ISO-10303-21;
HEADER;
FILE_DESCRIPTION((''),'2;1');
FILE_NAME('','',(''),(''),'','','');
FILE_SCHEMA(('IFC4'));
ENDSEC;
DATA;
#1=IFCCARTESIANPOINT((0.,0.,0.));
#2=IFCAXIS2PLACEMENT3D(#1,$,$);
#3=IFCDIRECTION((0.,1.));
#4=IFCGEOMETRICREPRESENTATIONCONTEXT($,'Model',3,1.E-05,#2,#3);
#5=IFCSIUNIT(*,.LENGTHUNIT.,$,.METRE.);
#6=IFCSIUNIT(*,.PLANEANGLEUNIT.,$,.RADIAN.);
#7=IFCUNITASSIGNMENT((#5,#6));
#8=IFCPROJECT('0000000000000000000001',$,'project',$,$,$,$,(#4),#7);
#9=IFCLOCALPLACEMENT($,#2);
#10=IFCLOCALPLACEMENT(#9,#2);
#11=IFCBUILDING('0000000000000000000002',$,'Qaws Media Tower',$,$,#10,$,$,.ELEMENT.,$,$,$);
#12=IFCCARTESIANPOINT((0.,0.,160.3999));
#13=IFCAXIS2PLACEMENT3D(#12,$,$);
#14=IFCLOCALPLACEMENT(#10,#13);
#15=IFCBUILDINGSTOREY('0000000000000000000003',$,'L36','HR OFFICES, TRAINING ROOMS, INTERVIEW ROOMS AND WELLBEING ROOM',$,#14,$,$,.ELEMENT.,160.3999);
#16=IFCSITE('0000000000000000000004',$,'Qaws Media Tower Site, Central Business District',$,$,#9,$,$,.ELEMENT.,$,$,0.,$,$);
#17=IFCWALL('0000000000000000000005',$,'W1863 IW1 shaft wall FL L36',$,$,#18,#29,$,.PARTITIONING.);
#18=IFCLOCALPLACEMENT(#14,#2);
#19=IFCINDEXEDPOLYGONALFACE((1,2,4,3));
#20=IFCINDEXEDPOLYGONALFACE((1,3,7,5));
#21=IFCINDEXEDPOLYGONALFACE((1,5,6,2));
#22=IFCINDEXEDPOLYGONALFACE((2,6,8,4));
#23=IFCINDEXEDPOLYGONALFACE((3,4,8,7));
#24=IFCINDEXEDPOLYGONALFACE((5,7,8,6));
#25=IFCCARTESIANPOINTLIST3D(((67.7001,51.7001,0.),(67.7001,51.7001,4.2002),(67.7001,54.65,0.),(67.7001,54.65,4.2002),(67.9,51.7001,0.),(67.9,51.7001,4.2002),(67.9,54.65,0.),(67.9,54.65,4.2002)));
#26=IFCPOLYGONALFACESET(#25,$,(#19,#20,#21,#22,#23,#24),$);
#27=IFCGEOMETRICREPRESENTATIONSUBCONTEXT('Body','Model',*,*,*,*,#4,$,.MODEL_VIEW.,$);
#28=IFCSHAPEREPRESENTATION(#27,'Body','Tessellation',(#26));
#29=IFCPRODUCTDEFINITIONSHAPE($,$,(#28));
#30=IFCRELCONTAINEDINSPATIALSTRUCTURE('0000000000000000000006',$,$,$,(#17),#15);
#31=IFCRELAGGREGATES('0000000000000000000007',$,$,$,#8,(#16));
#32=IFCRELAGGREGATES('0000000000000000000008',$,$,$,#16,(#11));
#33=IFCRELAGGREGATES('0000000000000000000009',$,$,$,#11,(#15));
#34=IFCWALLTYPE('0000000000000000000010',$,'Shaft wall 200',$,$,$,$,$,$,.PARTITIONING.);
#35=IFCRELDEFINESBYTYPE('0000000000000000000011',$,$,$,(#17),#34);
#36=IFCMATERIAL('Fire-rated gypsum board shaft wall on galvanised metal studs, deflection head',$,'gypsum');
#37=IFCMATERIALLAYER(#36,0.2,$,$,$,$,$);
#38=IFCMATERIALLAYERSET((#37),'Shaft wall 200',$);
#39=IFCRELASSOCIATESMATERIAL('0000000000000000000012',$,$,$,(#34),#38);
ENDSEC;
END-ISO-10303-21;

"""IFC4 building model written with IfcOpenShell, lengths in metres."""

from ifc_helpers import new_model, si_unit, direction, frame, frame_2d, origin, place, context, subcontext, project, spatial, rectangle, extrude, material, layer, layer_set, type_object, element, save


model = new_model("IFC4")

# Units and contexts
model_context = context("Model", 3, precision=1e-05, world=origin(), true_north=direction((0.0, 1.0)))
body_context = subcontext(model_context, "Body", "Model", "MODEL_VIEW")
ifc_project = project(units=[si_unit("LENGTHUNIT", "METRE"), si_unit("PLANEANGLEUNIT", "RADIAN")], contexts=[model_context])

# Site, building, storey
site_placement = place(None, origin())
site = spatial("IfcSite", under=ifc_project, at=site_placement, Name="Qaws Media Tower Site, Central Business District", CompositionType="ELEMENT", RefElevation=0.0)
building_placement = place(site_placement, origin())
building = spatial("IfcBuilding", under=site, at=building_placement, Name="Qaws Media Tower", CompositionType="ELEMENT")
storey_placement = place(building_placement, frame((0.0, 0.0, 160.3999)))
storey = spatial("IfcBuildingStorey", under=building, at=storey_placement, Name="L36", Description="HR OFFICES, TRAINING ROOMS, INTERVIEW ROOMS AND WELLBEING ROOM", CompositionType="ELEMENT", Elevation=160.3999)

# Wall
ifc_material_1 = material(Name="Fire-rated gypsum board shaft wall on galvanised metal studs, deflection head", Category="gypsum")
ifc_layer_1 = layer(ifc_material_1, 0.2)
ifc_layer_set_1 = layer_set([ifc_layer_1], Name="Shaft wall 200")
wall_type_1 = type_object("IfcWallType", Name="Shaft wall 200", PredefinedType="PARTITIONING", material=ifc_layer_set_1)
wall_1_placement = place(storey_placement, frame((67.8, 51.7, 0.0), z_axis=(0.0, 0.0, 1.0), x_axis=(0.0, 1.0, 0.0)))
element("IfcWall", 1, at=wall_1_placement, inside=storey, type_object=wall_type_1, Name="W1863 IW1 shaft wall FL L36", PredefinedType="PARTITIONING", context=body_context, shape_type="SweptSolid", body=[
    extrude(rectangle(XDim=2.95, YDim=0.2, at=frame_2d((1.4751, 0.0))), origin(), (0.0, 0.0, 1.0), 4.2002),
])

save(model, "model.ifc")
